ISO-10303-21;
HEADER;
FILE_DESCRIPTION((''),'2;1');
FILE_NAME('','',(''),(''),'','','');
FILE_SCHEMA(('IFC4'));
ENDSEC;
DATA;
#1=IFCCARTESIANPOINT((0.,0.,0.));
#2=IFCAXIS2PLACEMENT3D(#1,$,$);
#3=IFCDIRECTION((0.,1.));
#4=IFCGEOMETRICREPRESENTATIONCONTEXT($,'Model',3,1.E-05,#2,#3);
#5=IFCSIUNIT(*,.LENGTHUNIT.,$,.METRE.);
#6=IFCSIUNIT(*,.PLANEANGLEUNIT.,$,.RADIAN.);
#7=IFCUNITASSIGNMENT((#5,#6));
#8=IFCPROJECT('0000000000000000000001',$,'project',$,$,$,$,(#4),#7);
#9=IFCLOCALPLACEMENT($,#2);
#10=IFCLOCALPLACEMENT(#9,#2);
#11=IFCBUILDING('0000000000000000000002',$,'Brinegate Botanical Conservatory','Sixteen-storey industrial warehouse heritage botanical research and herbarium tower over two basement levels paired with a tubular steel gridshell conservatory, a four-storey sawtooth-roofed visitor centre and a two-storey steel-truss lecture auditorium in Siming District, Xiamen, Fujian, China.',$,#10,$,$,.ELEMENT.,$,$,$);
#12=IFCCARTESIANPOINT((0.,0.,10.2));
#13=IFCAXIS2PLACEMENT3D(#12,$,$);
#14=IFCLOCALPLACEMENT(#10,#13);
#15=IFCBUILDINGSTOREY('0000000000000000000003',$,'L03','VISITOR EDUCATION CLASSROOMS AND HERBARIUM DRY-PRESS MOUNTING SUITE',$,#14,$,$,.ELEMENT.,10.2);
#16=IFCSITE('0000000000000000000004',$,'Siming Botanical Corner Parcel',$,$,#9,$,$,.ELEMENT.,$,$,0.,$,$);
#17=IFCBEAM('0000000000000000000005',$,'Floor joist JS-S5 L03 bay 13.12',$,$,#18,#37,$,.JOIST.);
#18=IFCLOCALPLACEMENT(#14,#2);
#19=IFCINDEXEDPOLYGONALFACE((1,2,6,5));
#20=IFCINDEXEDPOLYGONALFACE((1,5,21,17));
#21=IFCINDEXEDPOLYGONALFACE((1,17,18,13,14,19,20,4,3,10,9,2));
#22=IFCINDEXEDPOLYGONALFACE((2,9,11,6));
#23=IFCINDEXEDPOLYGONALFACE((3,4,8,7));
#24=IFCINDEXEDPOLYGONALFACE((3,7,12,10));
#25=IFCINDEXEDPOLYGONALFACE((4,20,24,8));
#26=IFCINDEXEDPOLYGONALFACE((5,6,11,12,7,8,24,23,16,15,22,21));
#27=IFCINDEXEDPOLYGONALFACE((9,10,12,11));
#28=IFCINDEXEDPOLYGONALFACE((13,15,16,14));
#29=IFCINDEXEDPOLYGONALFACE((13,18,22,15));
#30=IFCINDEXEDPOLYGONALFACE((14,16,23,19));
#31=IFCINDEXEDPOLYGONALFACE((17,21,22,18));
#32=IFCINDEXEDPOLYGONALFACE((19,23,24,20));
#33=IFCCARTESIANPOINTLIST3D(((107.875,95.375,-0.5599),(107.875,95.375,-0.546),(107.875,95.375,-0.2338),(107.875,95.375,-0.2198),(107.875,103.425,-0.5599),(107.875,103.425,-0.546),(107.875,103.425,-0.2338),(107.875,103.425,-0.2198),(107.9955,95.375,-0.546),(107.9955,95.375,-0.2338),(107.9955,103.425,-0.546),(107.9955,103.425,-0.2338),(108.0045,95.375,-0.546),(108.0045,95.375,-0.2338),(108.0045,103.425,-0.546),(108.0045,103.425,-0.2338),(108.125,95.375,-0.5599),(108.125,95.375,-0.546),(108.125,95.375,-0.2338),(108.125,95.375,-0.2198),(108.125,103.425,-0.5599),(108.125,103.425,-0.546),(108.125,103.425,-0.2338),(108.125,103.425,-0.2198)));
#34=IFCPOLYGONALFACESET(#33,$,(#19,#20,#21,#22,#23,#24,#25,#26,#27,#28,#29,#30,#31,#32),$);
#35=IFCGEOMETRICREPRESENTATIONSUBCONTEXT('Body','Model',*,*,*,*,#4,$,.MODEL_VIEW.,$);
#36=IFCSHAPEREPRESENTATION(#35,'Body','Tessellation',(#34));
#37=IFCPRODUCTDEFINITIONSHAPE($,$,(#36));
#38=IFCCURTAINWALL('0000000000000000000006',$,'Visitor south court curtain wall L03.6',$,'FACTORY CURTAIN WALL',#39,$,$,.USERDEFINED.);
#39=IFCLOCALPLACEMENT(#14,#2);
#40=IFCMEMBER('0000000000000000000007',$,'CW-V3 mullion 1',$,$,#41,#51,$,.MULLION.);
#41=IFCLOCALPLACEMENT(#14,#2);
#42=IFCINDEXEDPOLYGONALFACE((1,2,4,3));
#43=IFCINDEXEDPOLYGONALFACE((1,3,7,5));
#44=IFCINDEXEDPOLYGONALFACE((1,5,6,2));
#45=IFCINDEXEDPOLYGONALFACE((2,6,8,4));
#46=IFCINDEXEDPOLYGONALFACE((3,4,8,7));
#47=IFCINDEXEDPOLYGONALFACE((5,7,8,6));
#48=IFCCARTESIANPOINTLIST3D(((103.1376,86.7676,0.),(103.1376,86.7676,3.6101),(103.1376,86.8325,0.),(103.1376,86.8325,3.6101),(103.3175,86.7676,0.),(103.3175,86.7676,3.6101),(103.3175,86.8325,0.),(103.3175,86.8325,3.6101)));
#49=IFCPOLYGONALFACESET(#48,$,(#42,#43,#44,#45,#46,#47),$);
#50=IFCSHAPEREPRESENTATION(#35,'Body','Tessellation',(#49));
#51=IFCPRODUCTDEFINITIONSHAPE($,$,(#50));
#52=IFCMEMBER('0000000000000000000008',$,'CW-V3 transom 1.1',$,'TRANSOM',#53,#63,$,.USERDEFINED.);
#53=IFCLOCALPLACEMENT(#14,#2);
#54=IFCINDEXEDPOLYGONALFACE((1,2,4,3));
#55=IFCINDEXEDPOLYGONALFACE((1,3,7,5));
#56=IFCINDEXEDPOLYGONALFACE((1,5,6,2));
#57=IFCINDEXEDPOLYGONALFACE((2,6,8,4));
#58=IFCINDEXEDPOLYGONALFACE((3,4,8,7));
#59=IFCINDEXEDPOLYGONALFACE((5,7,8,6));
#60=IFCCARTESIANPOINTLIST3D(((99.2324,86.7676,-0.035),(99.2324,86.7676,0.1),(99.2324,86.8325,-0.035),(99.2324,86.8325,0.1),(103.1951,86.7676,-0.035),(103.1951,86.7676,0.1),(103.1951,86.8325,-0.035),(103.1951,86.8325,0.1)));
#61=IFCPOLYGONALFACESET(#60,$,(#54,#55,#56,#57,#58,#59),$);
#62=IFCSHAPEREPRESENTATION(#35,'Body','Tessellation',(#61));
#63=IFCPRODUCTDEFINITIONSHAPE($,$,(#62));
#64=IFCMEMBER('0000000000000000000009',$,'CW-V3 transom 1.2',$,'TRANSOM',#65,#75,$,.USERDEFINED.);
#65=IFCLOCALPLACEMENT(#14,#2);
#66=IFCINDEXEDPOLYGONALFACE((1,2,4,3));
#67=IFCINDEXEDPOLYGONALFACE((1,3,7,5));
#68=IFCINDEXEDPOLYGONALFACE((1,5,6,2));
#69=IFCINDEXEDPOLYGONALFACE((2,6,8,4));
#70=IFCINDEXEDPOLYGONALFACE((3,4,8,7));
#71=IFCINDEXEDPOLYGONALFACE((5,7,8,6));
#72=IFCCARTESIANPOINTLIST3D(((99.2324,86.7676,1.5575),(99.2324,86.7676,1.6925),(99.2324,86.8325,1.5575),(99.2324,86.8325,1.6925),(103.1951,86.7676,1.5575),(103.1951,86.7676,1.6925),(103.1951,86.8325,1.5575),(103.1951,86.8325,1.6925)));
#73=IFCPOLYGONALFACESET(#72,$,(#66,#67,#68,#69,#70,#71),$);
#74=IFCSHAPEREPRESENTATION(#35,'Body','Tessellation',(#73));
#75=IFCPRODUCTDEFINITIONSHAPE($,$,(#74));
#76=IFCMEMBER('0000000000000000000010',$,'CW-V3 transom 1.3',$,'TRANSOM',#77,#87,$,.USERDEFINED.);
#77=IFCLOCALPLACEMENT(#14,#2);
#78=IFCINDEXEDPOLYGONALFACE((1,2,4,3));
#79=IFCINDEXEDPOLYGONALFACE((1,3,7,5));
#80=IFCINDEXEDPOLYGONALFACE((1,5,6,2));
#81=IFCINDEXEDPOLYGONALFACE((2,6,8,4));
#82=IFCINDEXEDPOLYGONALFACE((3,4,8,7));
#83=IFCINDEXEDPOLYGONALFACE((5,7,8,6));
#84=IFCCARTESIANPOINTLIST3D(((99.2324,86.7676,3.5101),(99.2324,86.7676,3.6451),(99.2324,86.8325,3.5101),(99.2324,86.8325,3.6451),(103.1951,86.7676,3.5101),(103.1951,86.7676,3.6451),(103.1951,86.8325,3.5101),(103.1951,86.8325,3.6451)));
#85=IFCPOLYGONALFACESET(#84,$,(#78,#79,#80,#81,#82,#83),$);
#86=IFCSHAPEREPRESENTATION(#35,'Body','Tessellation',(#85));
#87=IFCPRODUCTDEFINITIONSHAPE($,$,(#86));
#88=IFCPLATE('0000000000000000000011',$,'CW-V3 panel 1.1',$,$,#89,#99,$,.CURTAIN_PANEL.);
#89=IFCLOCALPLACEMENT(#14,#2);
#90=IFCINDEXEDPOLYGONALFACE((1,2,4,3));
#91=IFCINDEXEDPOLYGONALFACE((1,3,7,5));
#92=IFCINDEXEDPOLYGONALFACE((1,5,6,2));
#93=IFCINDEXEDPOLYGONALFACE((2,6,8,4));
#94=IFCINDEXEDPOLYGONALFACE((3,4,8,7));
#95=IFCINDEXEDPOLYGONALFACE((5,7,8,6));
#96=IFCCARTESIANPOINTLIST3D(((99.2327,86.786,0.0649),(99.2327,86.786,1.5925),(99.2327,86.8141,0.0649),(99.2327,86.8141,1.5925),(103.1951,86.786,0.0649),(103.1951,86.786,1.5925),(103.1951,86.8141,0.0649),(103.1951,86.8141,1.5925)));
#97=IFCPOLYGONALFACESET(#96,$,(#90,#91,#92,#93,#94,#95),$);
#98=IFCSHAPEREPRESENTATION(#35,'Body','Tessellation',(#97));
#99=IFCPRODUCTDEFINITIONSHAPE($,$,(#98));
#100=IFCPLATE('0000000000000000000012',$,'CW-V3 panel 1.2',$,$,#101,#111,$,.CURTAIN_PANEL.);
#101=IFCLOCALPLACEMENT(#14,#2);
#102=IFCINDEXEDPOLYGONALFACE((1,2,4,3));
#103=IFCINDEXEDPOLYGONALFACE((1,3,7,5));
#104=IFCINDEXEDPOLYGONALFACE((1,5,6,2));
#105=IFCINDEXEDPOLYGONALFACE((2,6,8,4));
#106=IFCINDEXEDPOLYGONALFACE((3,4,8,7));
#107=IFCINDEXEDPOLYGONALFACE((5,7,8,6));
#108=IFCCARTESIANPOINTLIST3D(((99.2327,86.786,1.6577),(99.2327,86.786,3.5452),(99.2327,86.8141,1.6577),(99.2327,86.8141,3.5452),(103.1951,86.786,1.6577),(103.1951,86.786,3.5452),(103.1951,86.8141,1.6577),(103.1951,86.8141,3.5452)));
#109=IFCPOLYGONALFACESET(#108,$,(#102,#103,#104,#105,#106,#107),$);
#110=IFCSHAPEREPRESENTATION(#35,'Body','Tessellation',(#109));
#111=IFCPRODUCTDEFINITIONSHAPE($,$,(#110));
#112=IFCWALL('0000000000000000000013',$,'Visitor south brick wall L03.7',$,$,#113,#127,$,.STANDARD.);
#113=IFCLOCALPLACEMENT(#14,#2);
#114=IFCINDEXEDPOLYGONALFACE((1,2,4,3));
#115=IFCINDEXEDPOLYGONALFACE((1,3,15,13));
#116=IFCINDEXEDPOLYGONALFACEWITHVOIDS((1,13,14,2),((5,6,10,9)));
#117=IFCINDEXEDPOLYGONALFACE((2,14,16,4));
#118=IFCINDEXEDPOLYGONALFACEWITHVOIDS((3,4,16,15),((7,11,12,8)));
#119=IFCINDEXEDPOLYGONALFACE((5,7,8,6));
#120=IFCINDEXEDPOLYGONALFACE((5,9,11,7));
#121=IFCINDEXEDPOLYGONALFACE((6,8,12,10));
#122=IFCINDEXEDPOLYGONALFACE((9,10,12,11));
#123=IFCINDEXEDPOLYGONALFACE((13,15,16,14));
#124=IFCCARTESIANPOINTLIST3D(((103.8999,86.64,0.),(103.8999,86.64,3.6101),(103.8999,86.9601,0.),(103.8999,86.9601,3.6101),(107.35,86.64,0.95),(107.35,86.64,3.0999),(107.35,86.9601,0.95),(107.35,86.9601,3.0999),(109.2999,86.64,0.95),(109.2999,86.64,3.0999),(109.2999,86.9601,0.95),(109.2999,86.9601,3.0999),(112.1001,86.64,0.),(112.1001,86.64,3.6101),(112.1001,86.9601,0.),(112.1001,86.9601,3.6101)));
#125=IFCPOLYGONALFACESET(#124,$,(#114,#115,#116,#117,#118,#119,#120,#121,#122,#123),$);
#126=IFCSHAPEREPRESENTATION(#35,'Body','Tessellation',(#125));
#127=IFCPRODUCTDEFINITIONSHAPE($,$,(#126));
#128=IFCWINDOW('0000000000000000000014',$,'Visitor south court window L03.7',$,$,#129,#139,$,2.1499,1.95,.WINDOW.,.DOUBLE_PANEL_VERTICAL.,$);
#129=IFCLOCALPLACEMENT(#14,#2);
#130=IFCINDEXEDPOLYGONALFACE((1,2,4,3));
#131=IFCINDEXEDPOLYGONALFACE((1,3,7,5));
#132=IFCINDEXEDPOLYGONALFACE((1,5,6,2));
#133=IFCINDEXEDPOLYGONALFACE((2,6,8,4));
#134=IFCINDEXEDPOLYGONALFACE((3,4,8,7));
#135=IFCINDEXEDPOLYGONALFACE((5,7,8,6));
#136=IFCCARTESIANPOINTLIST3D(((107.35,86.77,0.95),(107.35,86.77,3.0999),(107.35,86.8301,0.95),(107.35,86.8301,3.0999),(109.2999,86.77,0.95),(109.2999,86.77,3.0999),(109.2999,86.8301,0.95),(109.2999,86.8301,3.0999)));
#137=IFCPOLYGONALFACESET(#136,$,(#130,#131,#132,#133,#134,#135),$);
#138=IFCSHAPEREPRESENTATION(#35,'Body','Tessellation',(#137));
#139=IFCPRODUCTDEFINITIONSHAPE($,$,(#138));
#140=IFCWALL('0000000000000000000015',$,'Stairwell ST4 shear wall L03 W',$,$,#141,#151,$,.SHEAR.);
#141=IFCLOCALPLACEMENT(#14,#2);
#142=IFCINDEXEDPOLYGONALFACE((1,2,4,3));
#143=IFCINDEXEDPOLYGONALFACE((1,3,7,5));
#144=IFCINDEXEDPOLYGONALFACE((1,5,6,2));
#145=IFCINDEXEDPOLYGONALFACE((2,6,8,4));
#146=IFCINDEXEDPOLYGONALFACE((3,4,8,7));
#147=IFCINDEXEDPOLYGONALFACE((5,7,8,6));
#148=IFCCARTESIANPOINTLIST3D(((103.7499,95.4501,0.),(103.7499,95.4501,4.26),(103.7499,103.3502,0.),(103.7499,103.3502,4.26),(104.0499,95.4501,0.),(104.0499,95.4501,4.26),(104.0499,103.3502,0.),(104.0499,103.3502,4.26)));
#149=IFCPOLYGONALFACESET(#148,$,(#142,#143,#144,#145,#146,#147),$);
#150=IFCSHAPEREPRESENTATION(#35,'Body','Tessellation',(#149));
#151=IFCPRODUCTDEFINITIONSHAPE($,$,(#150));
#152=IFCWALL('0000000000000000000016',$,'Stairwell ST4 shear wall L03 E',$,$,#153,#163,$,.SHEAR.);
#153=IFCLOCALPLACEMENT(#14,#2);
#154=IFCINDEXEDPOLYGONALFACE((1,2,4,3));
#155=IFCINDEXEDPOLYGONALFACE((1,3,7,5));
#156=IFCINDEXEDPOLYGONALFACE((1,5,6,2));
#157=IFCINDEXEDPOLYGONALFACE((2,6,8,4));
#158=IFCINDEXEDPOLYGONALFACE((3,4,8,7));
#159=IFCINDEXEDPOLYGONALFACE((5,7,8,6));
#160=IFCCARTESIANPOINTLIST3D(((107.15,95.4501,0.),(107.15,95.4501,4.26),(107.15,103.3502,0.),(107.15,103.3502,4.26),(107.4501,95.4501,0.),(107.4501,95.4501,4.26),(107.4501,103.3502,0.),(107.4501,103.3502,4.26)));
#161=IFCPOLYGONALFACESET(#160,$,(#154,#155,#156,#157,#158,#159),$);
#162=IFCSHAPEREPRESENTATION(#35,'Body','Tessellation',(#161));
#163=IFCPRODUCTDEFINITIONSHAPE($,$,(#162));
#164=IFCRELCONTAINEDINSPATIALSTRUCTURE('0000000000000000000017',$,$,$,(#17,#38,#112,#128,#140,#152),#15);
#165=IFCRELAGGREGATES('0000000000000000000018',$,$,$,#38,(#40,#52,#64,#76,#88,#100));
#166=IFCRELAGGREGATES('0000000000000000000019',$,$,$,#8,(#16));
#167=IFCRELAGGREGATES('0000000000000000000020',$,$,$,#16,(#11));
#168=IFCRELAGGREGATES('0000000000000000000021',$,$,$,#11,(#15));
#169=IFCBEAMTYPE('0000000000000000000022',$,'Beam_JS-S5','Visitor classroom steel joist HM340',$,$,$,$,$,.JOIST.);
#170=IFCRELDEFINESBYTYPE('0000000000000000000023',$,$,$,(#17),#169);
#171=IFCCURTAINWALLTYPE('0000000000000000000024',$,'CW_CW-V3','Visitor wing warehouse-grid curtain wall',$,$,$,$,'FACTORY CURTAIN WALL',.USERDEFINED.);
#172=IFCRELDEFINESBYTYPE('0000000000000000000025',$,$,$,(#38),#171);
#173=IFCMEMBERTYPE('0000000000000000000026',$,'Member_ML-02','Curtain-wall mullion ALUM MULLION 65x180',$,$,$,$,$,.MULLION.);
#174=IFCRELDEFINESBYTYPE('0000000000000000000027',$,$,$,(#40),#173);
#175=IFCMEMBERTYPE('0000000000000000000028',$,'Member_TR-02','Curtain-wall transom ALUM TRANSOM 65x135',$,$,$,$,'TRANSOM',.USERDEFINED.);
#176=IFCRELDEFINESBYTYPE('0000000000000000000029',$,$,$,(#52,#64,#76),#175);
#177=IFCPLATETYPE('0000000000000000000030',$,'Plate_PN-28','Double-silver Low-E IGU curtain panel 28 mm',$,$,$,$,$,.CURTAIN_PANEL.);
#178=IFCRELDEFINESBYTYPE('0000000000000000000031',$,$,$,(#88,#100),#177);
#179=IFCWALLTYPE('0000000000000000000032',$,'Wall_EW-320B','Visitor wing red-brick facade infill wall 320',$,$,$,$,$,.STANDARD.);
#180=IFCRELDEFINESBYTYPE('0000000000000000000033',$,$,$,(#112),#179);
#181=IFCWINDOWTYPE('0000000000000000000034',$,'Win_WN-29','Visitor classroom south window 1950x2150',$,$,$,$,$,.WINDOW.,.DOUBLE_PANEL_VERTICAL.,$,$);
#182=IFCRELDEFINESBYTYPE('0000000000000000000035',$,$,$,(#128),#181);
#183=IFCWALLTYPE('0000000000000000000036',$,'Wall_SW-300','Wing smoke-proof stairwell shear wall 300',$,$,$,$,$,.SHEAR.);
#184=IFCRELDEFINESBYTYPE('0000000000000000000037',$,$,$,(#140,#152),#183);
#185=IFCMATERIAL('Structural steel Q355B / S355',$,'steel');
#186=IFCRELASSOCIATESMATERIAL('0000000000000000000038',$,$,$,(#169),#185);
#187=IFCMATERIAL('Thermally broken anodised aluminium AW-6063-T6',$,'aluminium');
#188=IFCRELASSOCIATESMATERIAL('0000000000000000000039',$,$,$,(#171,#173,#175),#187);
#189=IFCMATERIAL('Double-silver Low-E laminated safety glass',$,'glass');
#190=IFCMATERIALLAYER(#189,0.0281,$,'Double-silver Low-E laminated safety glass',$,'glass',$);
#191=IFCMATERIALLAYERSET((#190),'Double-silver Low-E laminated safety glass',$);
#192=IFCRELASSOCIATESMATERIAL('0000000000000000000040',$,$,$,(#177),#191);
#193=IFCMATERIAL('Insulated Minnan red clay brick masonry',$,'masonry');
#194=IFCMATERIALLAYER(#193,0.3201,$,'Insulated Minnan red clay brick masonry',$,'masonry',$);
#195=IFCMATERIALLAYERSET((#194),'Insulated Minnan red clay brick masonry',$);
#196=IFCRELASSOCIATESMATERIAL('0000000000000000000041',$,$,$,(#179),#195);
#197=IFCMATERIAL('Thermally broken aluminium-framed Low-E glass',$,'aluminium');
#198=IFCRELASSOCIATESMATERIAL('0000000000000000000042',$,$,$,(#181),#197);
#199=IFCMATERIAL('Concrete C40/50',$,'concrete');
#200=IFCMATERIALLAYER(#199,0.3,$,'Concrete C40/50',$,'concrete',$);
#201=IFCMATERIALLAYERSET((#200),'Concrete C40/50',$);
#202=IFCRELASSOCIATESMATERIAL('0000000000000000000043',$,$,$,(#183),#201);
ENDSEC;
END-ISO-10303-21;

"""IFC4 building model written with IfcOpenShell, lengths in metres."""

from ifc_helpers import new_model, si_unit, direction, frame, frame_2d, origin, origin_2d, place, context, subcontext, project, spatial, rectangle, i_section, extrude, material, layer, layer_set, material_profile, profile_set, type_object, element, fill, aggregate, save


model = new_model("IFC4")

# Units and contexts
model_context = context("Model", 3, precision=1e-05, world=origin(), true_north=direction((0.0, 1.0)))
body_context = subcontext(model_context, "Body", "Model", "MODEL_VIEW")
ifc_project = project(units=[si_unit("LENGTHUNIT", "METRE"), si_unit("PLANEANGLEUNIT", "RADIAN")], contexts=[model_context])

# Site, building, storey
site_placement = place(None, origin())
site = spatial("IfcSite", under=ifc_project, at=site_placement, Name="Siming Botanical Corner Parcel", CompositionType="ELEMENT", RefElevation=0.0)
building_placement = place(site_placement, origin())
building = spatial("IfcBuilding", under=site, at=building_placement, Name="Brinegate Botanical Conservatory", Description="Sixteen-storey industrial warehouse heritage botanical research and herbarium tower over two basement levels paired with a tubular steel gridshell conservatory, a four-storey sawtooth-roofed visitor centre and a two-storey steel-truss lecture auditorium in Siming District, Xiamen, Fujian, China.", CompositionType="ELEMENT")
storey_placement = place(building_placement, frame((0.0, 0.0, 10.2)))
storey = spatial("IfcBuildingStorey", under=building, at=storey_placement, Name="L03", Description="VISITOR EDUCATION CLASSROOMS AND HERBARIUM DRY-PRESS MOUNTING SUITE", CompositionType="ELEMENT", Elevation=10.2)

# Shared definitions
ifc_material_1 = material(Name="Concrete C40/50", Category="concrete")

# Beam
ifc_material_2 = material(Name="Structural steel Q355B / S355", Category="steel")
ifc_material_profile_1 = material_profile(ifc_material_2, i_section(OverallWidth=0.25, OverallDepth=0.3401, WebThickness=0.009, FlangeThickness=0.0139, at=origin_2d()), Name="HM 340x250x9x14")
ifc_profile_set_1 = profile_set([ifc_material_profile_1], Name="Structural steel Q355B / S355")
beam_type_1 = type_object("IfcBeamType", Name="Beam_JS-S5", Description="Visitor classroom steel joist HM340", PredefinedType="JOIST", material=ifc_profile_set_1)
beam_1_placement = place(storey_placement, frame((108.0, 95.375, -0.3899), z_axis=(0.0, 1.0, 0.0), x_axis=(-1.0, 0.0, 0.0)))
element("IfcBeam", 1, at=beam_1_placement, inside=storey, type_object=beam_type_1, Name="Floor joist JS-S5 L03 bay 13.12", PredefinedType="JOIST", context=body_context, shape_type="SweptSolid", body=[
    extrude(i_section(OverallWidth=0.25, OverallDepth=0.3401, WebThickness=0.009, FlangeThickness=0.0139, at=origin_2d()), origin(), (0.0, 0.0, 1.0), 8.05),
])

# Curtain wall, members, plates
ifc_material_3 = material(Name="Thermally broken anodised aluminium AW-6063-T6", Category="aluminium")
curtain_wall_type = type_object("IfcCurtainWallType", Name="CW_CW-V3", Description="Visitor wing warehouse-grid curtain wall", ElementType="FACTORY CURTAIN WALL", PredefinedType="USERDEFINED", material=ifc_material_3)
curtain_wall_placement = place(storey_placement, origin())
curtain_wall = element("IfcCurtainWall", 2, at=curtain_wall_placement, inside=storey, type_object=curtain_wall_type, Name="Visitor south court curtain wall L03.6", ObjectType="FACTORY CURTAIN WALL", PredefinedType="USERDEFINED")
ifc_material_profile_2 = material_profile(ifc_material_3, rectangle(XDim=0.0649, YDim=0.1799, at=origin_2d()), Name="ALUM MULLION 65x180")
ifc_profile_set_2 = profile_set([ifc_material_profile_2], Name="Thermally broken anodised aluminium AW-6063-T6")
member_type_1 = type_object("IfcMemberType", Name="Member_ML-02", Description="Curtain-wall mullion ALUM MULLION 65x180", PredefinedType="MULLION", material=ifc_profile_set_2)
member_1_placement = place(storey_placement, frame((103.2275, 86.8, 0.0), z_axis=(0.0, 0.0, 1.0), x_axis=(0.0, -1.0, 0.0)))
member_1 = element("IfcMember", 3, at=member_1_placement, type_object=member_type_1, Name="CW-V3 mullion 1", PredefinedType="MULLION", context=body_context, shape_type="SweptSolid", body=[
    extrude(rectangle(XDim=0.0649, YDim=0.1799, at=origin_2d()), origin(), (0.0, 0.0, 1.0), 3.6101),
])
ifc_material_profile_3 = material_profile(ifc_material_3, rectangle(XDim=0.0649, YDim=0.135, at=origin_2d()), Name="ALUM TRANSOM 65x135")
ifc_profile_set_3 = profile_set([ifc_material_profile_3], Name="Thermally broken anodised aluminium AW-6063-T6")
member_type_2 = type_object("IfcMemberType", Name="Member_TR-02", Description="Curtain-wall transom ALUM TRANSOM 65x135", ElementType="TRANSOM", PredefinedType="USERDEFINED", material=ifc_profile_set_3)
member_2_placement = place(storey_placement, frame((103.1951, 86.8, 0.0325), z_axis=(-1.0, 0.0, 0.0), x_axis=(0.0, -1.0, 0.0)))
member_2 = element("IfcMember", 4, at=member_2_placement, type_object=member_type_2, Name="CW-V3 transom 1.1", ObjectType="TRANSOM", PredefinedType="USERDEFINED", context=body_context, shape_type="SweptSolid", body=[
    extrude(rectangle(XDim=0.0649, YDim=0.135, at=origin_2d()), origin(), (0.0, 0.0, 1.0), 3.9626),
])
member_3_placement = place(storey_placement, frame((103.1951, 86.8, 1.625), z_axis=(-1.0, 0.0, 0.0), x_axis=(0.0, -1.0, 0.0)))
member_3 = element("IfcMember", 5, at=member_3_placement, type_object=member_type_2, Name="CW-V3 transom 1.2", ObjectType="TRANSOM", PredefinedType="USERDEFINED", context=body_context, shape_type="SweptSolid", body=[
    extrude(rectangle(XDim=0.0649, YDim=0.135, at=origin_2d()), origin(), (0.0, 0.0, 1.0), 3.9626),
])
member_4_placement = place(storey_placement, frame((103.1951, 86.8, 3.5776), z_axis=(-1.0, 0.0, 0.0), x_axis=(0.0, -1.0, 0.0)))
member_4 = element("IfcMember", 6, at=member_4_placement, type_object=member_type_2, Name="CW-V3 transom 1.3", ObjectType="TRANSOM", PredefinedType="USERDEFINED", context=body_context, shape_type="SweptSolid", body=[
    extrude(rectangle(XDim=0.0649, YDim=0.135, at=origin_2d()), origin(), (0.0, 0.0, 1.0), 3.9626),
])
ifc_material_4 = material(Name="Double-silver Low-E laminated safety glass", Category="glass")
ifc_layer_1 = layer(ifc_material_4, 0.0281, Name="Double-silver Low-E laminated safety glass", Category="glass")
ifc_layer_set_1 = layer_set([ifc_layer_1], Name="Double-silver Low-E laminated safety glass")
plate_type = type_object("IfcPlateType", Name="Plate_PN-28", Description="Double-silver Low-E IGU curtain panel 28 mm", PredefinedType="CURTAIN_PANEL", material=ifc_layer_set_1)
plate_1_placement = place(storey_placement, frame((101.2139, 86.8, 0.0649), z_axis=(0.0, 0.0, 1.0), x_axis=(-1.0, 0.0, 0.0)))
plate_1 = element("IfcPlate", 7, at=plate_1_placement, type_object=plate_type, Name="CW-V3 panel 1.1", PredefinedType="CURTAIN_PANEL", context=body_context, shape_type="SweptSolid", body=[
    extrude(rectangle(XDim=3.9624, YDim=0.0281, at=origin_2d()), origin(), (0.0, 0.0, 1.0), 1.5276),
])
plate_2_placement = place(storey_placement, frame((101.2139, 86.8, 1.6577), z_axis=(0.0, 0.0, 1.0), x_axis=(-1.0, 0.0, 0.0)))
plate_2 = element("IfcPlate", 8, at=plate_2_placement, type_object=plate_type, Name="CW-V3 panel 1.2", PredefinedType="CURTAIN_PANEL", context=body_context, shape_type="SweptSolid", body=[
    extrude(rectangle(XDim=3.9624, YDim=0.0281, at=origin_2d()), origin(), (0.0, 0.0, 1.0), 1.8875),
])
aggregate(curtain_wall, [member_1, member_2, member_3, member_4, plate_1, plate_2])

# Wall, opening, window
ifc_material_5 = material(Name="Insulated Minnan red clay brick masonry", Category="masonry")
ifc_layer_2 = layer(ifc_material_5, 0.3201, Name="Insulated Minnan red clay brick masonry", Category="masonry")
ifc_layer_set_2 = layer_set([ifc_layer_2], Name="Insulated Minnan red clay brick masonry")
wall_type_1 = type_object("IfcWallType", Name="Wall_EW-320B", Description="Visitor wing red-brick facade infill wall 320", PredefinedType="STANDARD", material=ifc_layer_set_2)
wall_1_placement = place(storey_placement, frame((112.1001, 86.8, 0.0), z_axis=(0.0, 0.0, 1.0), x_axis=(-1.0, 0.0, 0.0)))
wall_1 = element("IfcWall", 9, at=wall_1_placement, inside=storey, type_object=wall_type_1, Name="Visitor south brick wall L03.7", PredefinedType="STANDARD", context=body_context, shape_type="SweptSolid", body=[
    extrude(rectangle(XDim=8.2002, YDim=0.3201, at=frame_2d((4.1001, 0.0))), origin(), (0.0, 0.0, 1.0), 3.6101),
])
opening_1_placement = place(wall_1_placement, frame((2.8, 0.0, 0.95)))
opening_1 = element("IfcOpeningElement", 10, at=opening_1_placement, cuts=wall_1, PredefinedType="OPENING", context=body_context, shape_type="SweptSolid", body=[
    extrude(rectangle(XDim=1.95, YDim=2.1499, at=frame_2d((0.9751, 1.075))), frame((0.0, 0.1699, 0.0), z_axis=(0.0, -1.0, 0.0), x_axis=(1.0, 0.0, 0.0)), (0.0, 0.0, 1.0), 0.3401),
])
ifc_material_6 = material(Name="Thermally broken aluminium-framed Low-E glass", Category="aluminium")
window_type = type_object("IfcWindowType", Name="Win_WN-29", Description="Visitor classroom south window 1950x2150", PartitioningType="DOUBLE_PANEL_VERTICAL", PredefinedType="WINDOW", material=ifc_material_6)
window_placement = place(opening_1_placement, origin())
window = element("IfcWindow", 11, at=window_placement, inside=storey, type_object=window_type, Name="Visitor south court window L03.7", OverallHeight=2.1499, OverallWidth=1.95, PartitioningType="DOUBLE_PANEL_VERTICAL", PredefinedType="WINDOW", context=body_context, shape_type="SweptSolid", body=[
    extrude(rectangle(XDim=1.95, YDim=2.1499, at=frame_2d((0.9751, 1.075))), frame((0.0, 0.03, 0.0), z_axis=(0.0, -1.0, 0.0), x_axis=(1.0, 0.0, 0.0)), (0.0, 0.0, 1.0), 0.0601),
])
fill(opening_1, window)

# Shared definitions
ifc_layer_3 = layer(ifc_material_1, 0.3, Name="Concrete C40/50", Category="concrete")
ifc_layer_set_3 = layer_set([ifc_layer_3], Name="Concrete C40/50")
wall_type_2 = type_object("IfcWallType", Name="Wall_SW-300", Description="Wing smoke-proof stairwell shear wall 300", PredefinedType="SHEAR", material=ifc_layer_set_3)

# Walls
for number, where, z_axis, x_axis, name in (
    (12, (103.8999, 95.45, 0.0), (0.0, 0.0, 1.0), (0.0, 1.0, 0.0), "Stairwell ST4 shear wall L03 W"),
    (13, (107.3, 95.45, 0.0), (0.0, 0.0, 1.0), (0.0, 1.0, 0.0), "Stairwell ST4 shear wall L03 E"),
):
    element("IfcWall", number, at=place(storey_placement, frame(where, z_axis=z_axis, x_axis=x_axis)), inside=storey, type_object=wall_type_2, Name=name, PredefinedType="SHEAR", context=body_context, shape_type="SweptSolid", body=[
        extrude(rectangle(XDim=7.9001, YDim=0.3, at=frame_2d((3.9502, 0.0))), origin(), (0.0, 0.0, 1.0), 4.26),
    ])

save(model, "model.ifc")
